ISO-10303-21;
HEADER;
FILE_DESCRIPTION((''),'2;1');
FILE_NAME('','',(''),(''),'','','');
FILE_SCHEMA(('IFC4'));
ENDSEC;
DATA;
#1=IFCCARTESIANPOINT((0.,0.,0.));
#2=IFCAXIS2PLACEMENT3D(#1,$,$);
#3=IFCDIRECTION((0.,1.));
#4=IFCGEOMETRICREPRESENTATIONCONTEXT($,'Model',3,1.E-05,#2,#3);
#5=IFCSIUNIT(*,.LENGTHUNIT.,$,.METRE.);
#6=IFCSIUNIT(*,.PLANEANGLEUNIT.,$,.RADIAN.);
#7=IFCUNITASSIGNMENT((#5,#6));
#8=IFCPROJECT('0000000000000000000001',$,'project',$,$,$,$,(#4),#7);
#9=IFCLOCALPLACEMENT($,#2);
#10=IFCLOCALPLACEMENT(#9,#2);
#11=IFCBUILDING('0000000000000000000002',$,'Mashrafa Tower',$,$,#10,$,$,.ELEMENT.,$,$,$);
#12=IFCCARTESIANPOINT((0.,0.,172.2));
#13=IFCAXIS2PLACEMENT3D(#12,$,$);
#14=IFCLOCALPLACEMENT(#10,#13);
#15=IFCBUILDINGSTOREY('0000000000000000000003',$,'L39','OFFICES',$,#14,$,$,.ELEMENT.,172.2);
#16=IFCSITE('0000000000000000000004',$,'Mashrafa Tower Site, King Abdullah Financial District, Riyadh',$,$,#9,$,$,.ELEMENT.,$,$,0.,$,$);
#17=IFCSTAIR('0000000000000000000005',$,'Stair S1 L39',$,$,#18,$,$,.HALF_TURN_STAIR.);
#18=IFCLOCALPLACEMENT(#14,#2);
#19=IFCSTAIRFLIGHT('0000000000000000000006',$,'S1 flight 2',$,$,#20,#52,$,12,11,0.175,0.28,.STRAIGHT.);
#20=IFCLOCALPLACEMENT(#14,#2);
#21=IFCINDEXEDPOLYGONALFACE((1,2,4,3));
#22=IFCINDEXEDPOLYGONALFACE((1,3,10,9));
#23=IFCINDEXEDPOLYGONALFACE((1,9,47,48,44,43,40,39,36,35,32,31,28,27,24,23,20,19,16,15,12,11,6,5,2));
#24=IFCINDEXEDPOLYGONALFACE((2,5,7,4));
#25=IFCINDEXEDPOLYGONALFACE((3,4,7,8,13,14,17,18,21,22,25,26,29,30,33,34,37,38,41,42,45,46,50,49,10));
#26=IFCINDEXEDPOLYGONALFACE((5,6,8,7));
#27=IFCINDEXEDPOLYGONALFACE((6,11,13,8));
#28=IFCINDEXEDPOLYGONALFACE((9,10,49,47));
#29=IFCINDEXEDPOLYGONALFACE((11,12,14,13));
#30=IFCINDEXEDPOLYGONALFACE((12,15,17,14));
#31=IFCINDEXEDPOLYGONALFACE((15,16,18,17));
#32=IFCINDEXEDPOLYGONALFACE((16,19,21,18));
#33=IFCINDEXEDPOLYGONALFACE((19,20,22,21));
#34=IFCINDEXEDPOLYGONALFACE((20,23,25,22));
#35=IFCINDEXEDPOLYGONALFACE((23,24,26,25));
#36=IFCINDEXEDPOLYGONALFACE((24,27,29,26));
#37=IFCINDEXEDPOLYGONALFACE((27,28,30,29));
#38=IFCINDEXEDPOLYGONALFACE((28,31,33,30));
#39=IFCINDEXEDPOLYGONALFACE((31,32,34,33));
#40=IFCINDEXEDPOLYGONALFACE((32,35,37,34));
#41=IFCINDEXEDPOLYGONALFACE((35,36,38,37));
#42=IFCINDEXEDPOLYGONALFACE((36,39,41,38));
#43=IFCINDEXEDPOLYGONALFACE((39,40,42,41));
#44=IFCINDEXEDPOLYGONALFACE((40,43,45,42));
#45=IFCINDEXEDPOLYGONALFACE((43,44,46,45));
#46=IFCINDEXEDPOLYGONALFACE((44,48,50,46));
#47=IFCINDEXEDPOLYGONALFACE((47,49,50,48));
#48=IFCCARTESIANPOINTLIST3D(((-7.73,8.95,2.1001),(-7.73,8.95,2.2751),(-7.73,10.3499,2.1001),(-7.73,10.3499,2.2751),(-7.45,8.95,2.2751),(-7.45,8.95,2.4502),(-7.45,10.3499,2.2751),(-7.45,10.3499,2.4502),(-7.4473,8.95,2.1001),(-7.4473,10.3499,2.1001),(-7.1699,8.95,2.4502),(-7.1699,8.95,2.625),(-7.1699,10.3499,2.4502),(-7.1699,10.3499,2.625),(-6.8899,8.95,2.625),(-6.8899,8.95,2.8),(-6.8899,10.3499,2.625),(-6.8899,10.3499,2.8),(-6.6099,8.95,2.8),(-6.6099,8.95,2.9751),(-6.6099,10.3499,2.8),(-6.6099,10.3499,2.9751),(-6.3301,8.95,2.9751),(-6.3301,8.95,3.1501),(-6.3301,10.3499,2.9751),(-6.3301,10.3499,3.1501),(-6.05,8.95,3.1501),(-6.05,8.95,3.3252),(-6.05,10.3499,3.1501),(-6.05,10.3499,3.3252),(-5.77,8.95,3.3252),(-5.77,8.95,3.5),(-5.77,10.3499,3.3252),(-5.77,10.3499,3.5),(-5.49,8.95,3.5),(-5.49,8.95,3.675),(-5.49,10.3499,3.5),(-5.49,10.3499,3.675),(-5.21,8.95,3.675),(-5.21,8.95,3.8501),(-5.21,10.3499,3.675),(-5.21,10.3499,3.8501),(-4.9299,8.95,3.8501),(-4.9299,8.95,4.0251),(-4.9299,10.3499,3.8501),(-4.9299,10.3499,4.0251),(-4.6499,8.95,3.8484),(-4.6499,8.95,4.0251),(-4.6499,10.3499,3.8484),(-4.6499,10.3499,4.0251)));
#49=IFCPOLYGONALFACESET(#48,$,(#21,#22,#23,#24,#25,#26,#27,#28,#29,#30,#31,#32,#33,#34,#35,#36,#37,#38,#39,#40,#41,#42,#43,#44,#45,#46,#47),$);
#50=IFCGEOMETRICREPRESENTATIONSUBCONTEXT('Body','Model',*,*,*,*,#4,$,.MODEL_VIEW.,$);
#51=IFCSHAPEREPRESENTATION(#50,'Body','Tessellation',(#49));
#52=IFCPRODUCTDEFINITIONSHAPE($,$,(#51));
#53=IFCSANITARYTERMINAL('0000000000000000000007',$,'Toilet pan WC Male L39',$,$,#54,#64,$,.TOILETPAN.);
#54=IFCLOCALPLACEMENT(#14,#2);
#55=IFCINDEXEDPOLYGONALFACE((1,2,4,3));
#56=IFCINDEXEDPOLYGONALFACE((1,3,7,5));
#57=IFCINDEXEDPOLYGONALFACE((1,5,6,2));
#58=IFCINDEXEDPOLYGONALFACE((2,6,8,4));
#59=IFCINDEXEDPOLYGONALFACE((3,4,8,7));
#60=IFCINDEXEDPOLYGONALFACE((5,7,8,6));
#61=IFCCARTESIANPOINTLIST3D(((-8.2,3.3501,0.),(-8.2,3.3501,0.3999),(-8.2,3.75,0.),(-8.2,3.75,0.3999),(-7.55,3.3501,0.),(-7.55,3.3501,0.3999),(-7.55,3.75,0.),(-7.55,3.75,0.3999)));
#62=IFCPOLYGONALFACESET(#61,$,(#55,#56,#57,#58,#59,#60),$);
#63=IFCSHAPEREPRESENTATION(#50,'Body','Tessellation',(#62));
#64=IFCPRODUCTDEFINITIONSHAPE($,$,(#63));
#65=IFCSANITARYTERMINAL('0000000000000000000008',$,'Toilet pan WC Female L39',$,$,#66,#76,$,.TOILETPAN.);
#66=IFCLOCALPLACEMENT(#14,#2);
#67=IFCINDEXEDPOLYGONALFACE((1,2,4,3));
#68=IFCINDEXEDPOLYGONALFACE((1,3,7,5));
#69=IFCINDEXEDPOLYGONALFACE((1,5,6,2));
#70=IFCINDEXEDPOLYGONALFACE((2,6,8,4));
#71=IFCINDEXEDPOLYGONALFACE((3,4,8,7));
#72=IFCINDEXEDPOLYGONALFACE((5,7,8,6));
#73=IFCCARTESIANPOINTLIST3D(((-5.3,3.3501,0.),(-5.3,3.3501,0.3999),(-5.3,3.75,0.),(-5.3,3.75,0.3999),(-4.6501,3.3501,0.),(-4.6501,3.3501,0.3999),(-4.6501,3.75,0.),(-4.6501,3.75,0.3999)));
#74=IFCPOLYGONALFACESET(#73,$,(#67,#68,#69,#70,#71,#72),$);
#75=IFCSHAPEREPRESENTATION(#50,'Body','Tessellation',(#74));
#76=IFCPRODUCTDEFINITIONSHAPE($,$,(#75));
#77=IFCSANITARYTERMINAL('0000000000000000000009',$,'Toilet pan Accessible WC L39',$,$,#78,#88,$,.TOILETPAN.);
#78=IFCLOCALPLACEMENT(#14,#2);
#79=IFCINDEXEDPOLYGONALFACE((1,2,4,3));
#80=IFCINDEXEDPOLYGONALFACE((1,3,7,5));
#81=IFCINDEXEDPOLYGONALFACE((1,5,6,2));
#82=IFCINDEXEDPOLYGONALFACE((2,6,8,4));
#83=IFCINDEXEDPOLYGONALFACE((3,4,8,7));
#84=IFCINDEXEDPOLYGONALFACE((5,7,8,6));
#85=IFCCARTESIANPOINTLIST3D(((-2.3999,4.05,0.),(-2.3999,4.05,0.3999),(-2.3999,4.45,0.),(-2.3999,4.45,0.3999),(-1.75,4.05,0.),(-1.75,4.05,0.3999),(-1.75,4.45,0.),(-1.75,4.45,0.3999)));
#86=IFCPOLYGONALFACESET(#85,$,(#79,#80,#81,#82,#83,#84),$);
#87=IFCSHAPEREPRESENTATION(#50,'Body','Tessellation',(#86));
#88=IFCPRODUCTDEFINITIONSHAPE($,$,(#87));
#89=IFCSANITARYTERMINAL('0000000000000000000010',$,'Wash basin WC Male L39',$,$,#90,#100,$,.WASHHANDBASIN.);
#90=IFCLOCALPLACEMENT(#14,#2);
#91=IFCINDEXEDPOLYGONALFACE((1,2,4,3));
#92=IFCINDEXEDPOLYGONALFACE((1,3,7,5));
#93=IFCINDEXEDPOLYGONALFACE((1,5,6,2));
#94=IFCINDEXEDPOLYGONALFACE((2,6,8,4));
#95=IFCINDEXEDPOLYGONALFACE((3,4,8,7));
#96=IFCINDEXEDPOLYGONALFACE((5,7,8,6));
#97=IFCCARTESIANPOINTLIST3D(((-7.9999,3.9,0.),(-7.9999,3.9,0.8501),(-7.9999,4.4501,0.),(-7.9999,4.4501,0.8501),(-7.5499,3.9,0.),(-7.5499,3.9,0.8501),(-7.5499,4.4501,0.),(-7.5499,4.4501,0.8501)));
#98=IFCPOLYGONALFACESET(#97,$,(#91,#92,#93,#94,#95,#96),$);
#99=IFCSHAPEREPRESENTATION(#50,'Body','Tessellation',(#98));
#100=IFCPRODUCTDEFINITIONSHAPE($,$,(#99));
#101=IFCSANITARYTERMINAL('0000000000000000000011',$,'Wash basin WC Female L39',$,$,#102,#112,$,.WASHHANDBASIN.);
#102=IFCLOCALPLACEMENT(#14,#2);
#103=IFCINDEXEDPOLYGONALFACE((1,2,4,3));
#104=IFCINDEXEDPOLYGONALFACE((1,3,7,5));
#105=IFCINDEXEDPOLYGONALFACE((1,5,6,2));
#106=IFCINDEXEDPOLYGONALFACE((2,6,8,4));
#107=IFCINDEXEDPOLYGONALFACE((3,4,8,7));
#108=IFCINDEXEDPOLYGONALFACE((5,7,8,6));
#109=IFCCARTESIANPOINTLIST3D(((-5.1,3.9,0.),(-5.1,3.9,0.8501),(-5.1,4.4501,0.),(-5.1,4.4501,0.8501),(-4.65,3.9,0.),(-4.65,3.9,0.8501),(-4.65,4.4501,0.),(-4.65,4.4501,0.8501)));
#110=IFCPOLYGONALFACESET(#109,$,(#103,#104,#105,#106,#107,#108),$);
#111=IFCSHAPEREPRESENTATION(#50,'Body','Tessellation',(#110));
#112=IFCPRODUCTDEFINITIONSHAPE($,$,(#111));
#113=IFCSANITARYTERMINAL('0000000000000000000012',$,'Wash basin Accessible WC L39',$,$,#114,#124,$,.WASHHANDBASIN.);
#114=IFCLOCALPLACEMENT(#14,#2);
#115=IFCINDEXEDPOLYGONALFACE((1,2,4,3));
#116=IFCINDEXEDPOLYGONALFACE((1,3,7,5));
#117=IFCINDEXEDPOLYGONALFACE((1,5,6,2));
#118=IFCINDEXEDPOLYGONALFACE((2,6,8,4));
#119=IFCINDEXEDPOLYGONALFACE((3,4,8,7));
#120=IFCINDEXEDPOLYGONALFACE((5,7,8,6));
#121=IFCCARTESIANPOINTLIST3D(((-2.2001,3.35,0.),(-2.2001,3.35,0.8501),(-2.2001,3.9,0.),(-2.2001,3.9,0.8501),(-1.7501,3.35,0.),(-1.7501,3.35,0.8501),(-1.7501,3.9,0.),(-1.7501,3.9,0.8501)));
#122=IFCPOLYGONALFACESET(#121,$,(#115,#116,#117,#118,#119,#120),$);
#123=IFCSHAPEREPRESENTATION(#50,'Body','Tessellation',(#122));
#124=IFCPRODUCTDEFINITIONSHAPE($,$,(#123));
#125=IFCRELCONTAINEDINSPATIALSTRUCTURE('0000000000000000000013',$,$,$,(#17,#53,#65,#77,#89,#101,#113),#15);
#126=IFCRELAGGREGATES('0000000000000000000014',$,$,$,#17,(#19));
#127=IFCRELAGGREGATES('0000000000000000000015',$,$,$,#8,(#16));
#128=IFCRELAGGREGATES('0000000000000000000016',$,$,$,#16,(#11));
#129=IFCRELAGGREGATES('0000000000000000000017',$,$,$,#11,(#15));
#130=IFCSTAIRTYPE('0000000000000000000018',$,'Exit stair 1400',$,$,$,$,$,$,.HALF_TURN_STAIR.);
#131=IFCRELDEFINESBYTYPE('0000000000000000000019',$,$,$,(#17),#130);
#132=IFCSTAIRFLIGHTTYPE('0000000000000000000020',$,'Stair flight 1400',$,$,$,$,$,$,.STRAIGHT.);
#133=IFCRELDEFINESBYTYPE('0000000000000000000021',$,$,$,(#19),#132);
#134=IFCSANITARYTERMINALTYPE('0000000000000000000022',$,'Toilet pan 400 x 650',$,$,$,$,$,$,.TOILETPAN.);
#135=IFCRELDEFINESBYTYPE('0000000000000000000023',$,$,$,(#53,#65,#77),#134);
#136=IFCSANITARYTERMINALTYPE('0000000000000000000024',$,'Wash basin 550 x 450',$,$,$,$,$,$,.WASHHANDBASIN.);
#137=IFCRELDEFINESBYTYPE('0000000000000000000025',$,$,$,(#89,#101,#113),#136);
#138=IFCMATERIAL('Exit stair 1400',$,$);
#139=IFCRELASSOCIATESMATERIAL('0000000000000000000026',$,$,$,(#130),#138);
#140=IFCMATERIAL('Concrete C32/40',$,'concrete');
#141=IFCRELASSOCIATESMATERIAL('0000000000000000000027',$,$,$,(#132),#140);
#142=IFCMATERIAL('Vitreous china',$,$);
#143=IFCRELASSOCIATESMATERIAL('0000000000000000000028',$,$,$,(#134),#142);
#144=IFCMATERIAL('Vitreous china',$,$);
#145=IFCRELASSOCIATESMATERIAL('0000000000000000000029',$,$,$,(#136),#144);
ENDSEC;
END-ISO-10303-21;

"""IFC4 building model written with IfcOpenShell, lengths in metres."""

from ifc_helpers import new_model, si_unit, direction, frame, origin, origin_2d, place, context, subcontext, project, spatial, polyline, rectangle, outline, extrude, material, type_object, element, aggregate, save


model = new_model("IFC4")

# Units and contexts
model_context = context("Model", 3, precision=1e-05, world=origin(), true_north=direction((0.0, 1.0)))
body_context = subcontext(model_context, "Body", "Model", "MODEL_VIEW")
ifc_project = project(units=[si_unit("LENGTHUNIT", "METRE"), si_unit("PLANEANGLEUNIT", "RADIAN")], contexts=[model_context])

# Site, building, storey
site_placement = place(None, origin())
site = spatial("IfcSite", under=ifc_project, at=site_placement, Name="Mashrafa Tower Site, King Abdullah Financial District, Riyadh", CompositionType="ELEMENT", RefElevation=0.0)
building_placement = place(site_placement, origin())
building = spatial("IfcBuilding", under=site, at=building_placement, Name="Mashrafa Tower", CompositionType="ELEMENT")
storey_placement = place(building_placement, frame((0.0, 0.0, 172.2)))
storey = spatial("IfcBuildingStorey", under=building, at=storey_placement, Name="L39", Description="OFFICES", CompositionType="ELEMENT", Elevation=172.2)

# Stair, stair flight
ifc_material_1 = material(Name="Exit stair 1400")
stair_type = type_object("IfcStairType", Name="Exit stair 1400", PredefinedType="HALF_TURN_STAIR", material=ifc_material_1)
stair_placement = place(storey_placement, origin())
stair = element("IfcStair", 1, at=stair_placement, inside=storey, type_object=stair_type, Name="Stair S1 L39", PredefinedType="HALF_TURN_STAIR")
ifc_material_2 = material(Name="Concrete C32/40", Category="concrete")
stair_flight_type = type_object("IfcStairFlightType", Name="Stair flight 1400", PredefinedType="STRAIGHT", material=ifc_material_2)
stair_flight_1_placement = place(storey_placement, frame((-7.73, 9.6499, 2.1001), z_axis=(0.0, 0.0, 1.0), x_axis=(1.0, 0.0, 0.0)))
stair_flight_1 = element("IfcStairFlight", 2, at=stair_flight_1_placement, type_object=stair_flight_type, Name="S1 flight 2", NumberOfRisers=12, NumberOfTreads=11, PredefinedType="STRAIGHT", RiserHeight=0.175, TreadLength=0.28, context=body_context, shape_type="SweptSolid", body=[
    extrude(outline(polyline([(0.0, 0.0), (0.0, 0.175), (0.28, 0.175), (0.28, 0.3501), (0.5601, 0.3501), (0.5601, 0.5249), (0.8401, 0.5249), (0.8401, 0.7), (1.1201, 0.7), (1.1201, 0.875), (1.3999, 0.875), (1.3999, 1.05), (1.6799, 1.05), (1.6799, 1.2251), (1.96, 1.2251), (1.96, 1.3999), (2.24, 1.3999), (2.24, 1.575), (2.52, 1.575), (2.52, 1.75), (2.8, 1.75), (2.8, 1.925), (3.0801, 1.925), (3.0801, 2.1001), (3.0801, 1.7483), (0.2827, 0.0), (0.0, 0.0)])), frame((0.0, 0.7, 0.0), z_axis=(0.0, -1.0, 0.0), x_axis=(1.0, 0.0, 0.0)), (0.0, 0.0, 1.0), 1.3999),
])
aggregate(stair, [stair_flight_1])

# Sanitary terminals
ifc_material_3 = material(Name="Vitreous china")
sanitary_terminal_type_1 = type_object("IfcSanitaryTerminalType", Name="Toilet pan 400 x 650", PredefinedType="TOILETPAN", material=ifc_material_3)
for number, where, z_axis, x_axis, name in (
    (3, (-7.875, 3.55, 0.0), (0.0, 0.0, 1.0), (0.0, 1.0, 0.0), "Toilet pan WC Male L39"),
    (4, (-4.9751, 3.55, 0.0), (0.0, 0.0, 1.0), (0.0, 1.0, 0.0), "Toilet pan WC Female L39"),
    (5, (-2.075, 4.25, 0.0), (0.0, 0.0, 1.0), (0.0, 1.0, 0.0), "Toilet pan Accessible WC L39"),
):
    element("IfcSanitaryTerminal", number, at=place(storey_placement, frame(where, z_axis=z_axis, x_axis=x_axis)), inside=storey, type_object=sanitary_terminal_type_1, Name=name, PredefinedType="TOILETPAN", context=body_context, shape_type="SweptSolid", body=[
        extrude(rectangle(XDim=0.3999, YDim=0.6499, at=origin_2d()), origin(), (0.0, 0.0, 1.0), 0.3999),
    ])
ifc_material_4 = material(Name="Vitreous china")
sanitary_terminal_type_2 = type_object("IfcSanitaryTerminalType", Name="Wash basin 550 x 450", PredefinedType="WASHHANDBASIN", material=ifc_material_4)
for number, where, z_axis, x_axis, name in (
    (6, (-7.7749, 4.175, 0.0), (0.0, 0.0, 1.0), (0.0, 1.0, 0.0), "Wash basin WC Male L39"),
    (7, (-4.875, 4.175, 0.0), (0.0, 0.0, 1.0), (0.0, 1.0, 0.0), "Wash basin WC Female L39"),
    (8, (-1.9751, 3.625, 0.0), (0.0, 0.0, 1.0), (0.0, 1.0, 0.0), "Wash basin Accessible WC L39"),
):
    element("IfcSanitaryTerminal", number, at=place(storey_placement, frame(where, z_axis=z_axis, x_axis=x_axis)), inside=storey, type_object=sanitary_terminal_type_2, Name=name, PredefinedType="WASHHANDBASIN", context=body_context, shape_type="SweptSolid", body=[
        extrude(rectangle(XDim=0.55, YDim=0.45, at=origin_2d()), origin(), (0.0, 0.0, 1.0), 0.8501),
    ])

save(model, "model.ifc")
